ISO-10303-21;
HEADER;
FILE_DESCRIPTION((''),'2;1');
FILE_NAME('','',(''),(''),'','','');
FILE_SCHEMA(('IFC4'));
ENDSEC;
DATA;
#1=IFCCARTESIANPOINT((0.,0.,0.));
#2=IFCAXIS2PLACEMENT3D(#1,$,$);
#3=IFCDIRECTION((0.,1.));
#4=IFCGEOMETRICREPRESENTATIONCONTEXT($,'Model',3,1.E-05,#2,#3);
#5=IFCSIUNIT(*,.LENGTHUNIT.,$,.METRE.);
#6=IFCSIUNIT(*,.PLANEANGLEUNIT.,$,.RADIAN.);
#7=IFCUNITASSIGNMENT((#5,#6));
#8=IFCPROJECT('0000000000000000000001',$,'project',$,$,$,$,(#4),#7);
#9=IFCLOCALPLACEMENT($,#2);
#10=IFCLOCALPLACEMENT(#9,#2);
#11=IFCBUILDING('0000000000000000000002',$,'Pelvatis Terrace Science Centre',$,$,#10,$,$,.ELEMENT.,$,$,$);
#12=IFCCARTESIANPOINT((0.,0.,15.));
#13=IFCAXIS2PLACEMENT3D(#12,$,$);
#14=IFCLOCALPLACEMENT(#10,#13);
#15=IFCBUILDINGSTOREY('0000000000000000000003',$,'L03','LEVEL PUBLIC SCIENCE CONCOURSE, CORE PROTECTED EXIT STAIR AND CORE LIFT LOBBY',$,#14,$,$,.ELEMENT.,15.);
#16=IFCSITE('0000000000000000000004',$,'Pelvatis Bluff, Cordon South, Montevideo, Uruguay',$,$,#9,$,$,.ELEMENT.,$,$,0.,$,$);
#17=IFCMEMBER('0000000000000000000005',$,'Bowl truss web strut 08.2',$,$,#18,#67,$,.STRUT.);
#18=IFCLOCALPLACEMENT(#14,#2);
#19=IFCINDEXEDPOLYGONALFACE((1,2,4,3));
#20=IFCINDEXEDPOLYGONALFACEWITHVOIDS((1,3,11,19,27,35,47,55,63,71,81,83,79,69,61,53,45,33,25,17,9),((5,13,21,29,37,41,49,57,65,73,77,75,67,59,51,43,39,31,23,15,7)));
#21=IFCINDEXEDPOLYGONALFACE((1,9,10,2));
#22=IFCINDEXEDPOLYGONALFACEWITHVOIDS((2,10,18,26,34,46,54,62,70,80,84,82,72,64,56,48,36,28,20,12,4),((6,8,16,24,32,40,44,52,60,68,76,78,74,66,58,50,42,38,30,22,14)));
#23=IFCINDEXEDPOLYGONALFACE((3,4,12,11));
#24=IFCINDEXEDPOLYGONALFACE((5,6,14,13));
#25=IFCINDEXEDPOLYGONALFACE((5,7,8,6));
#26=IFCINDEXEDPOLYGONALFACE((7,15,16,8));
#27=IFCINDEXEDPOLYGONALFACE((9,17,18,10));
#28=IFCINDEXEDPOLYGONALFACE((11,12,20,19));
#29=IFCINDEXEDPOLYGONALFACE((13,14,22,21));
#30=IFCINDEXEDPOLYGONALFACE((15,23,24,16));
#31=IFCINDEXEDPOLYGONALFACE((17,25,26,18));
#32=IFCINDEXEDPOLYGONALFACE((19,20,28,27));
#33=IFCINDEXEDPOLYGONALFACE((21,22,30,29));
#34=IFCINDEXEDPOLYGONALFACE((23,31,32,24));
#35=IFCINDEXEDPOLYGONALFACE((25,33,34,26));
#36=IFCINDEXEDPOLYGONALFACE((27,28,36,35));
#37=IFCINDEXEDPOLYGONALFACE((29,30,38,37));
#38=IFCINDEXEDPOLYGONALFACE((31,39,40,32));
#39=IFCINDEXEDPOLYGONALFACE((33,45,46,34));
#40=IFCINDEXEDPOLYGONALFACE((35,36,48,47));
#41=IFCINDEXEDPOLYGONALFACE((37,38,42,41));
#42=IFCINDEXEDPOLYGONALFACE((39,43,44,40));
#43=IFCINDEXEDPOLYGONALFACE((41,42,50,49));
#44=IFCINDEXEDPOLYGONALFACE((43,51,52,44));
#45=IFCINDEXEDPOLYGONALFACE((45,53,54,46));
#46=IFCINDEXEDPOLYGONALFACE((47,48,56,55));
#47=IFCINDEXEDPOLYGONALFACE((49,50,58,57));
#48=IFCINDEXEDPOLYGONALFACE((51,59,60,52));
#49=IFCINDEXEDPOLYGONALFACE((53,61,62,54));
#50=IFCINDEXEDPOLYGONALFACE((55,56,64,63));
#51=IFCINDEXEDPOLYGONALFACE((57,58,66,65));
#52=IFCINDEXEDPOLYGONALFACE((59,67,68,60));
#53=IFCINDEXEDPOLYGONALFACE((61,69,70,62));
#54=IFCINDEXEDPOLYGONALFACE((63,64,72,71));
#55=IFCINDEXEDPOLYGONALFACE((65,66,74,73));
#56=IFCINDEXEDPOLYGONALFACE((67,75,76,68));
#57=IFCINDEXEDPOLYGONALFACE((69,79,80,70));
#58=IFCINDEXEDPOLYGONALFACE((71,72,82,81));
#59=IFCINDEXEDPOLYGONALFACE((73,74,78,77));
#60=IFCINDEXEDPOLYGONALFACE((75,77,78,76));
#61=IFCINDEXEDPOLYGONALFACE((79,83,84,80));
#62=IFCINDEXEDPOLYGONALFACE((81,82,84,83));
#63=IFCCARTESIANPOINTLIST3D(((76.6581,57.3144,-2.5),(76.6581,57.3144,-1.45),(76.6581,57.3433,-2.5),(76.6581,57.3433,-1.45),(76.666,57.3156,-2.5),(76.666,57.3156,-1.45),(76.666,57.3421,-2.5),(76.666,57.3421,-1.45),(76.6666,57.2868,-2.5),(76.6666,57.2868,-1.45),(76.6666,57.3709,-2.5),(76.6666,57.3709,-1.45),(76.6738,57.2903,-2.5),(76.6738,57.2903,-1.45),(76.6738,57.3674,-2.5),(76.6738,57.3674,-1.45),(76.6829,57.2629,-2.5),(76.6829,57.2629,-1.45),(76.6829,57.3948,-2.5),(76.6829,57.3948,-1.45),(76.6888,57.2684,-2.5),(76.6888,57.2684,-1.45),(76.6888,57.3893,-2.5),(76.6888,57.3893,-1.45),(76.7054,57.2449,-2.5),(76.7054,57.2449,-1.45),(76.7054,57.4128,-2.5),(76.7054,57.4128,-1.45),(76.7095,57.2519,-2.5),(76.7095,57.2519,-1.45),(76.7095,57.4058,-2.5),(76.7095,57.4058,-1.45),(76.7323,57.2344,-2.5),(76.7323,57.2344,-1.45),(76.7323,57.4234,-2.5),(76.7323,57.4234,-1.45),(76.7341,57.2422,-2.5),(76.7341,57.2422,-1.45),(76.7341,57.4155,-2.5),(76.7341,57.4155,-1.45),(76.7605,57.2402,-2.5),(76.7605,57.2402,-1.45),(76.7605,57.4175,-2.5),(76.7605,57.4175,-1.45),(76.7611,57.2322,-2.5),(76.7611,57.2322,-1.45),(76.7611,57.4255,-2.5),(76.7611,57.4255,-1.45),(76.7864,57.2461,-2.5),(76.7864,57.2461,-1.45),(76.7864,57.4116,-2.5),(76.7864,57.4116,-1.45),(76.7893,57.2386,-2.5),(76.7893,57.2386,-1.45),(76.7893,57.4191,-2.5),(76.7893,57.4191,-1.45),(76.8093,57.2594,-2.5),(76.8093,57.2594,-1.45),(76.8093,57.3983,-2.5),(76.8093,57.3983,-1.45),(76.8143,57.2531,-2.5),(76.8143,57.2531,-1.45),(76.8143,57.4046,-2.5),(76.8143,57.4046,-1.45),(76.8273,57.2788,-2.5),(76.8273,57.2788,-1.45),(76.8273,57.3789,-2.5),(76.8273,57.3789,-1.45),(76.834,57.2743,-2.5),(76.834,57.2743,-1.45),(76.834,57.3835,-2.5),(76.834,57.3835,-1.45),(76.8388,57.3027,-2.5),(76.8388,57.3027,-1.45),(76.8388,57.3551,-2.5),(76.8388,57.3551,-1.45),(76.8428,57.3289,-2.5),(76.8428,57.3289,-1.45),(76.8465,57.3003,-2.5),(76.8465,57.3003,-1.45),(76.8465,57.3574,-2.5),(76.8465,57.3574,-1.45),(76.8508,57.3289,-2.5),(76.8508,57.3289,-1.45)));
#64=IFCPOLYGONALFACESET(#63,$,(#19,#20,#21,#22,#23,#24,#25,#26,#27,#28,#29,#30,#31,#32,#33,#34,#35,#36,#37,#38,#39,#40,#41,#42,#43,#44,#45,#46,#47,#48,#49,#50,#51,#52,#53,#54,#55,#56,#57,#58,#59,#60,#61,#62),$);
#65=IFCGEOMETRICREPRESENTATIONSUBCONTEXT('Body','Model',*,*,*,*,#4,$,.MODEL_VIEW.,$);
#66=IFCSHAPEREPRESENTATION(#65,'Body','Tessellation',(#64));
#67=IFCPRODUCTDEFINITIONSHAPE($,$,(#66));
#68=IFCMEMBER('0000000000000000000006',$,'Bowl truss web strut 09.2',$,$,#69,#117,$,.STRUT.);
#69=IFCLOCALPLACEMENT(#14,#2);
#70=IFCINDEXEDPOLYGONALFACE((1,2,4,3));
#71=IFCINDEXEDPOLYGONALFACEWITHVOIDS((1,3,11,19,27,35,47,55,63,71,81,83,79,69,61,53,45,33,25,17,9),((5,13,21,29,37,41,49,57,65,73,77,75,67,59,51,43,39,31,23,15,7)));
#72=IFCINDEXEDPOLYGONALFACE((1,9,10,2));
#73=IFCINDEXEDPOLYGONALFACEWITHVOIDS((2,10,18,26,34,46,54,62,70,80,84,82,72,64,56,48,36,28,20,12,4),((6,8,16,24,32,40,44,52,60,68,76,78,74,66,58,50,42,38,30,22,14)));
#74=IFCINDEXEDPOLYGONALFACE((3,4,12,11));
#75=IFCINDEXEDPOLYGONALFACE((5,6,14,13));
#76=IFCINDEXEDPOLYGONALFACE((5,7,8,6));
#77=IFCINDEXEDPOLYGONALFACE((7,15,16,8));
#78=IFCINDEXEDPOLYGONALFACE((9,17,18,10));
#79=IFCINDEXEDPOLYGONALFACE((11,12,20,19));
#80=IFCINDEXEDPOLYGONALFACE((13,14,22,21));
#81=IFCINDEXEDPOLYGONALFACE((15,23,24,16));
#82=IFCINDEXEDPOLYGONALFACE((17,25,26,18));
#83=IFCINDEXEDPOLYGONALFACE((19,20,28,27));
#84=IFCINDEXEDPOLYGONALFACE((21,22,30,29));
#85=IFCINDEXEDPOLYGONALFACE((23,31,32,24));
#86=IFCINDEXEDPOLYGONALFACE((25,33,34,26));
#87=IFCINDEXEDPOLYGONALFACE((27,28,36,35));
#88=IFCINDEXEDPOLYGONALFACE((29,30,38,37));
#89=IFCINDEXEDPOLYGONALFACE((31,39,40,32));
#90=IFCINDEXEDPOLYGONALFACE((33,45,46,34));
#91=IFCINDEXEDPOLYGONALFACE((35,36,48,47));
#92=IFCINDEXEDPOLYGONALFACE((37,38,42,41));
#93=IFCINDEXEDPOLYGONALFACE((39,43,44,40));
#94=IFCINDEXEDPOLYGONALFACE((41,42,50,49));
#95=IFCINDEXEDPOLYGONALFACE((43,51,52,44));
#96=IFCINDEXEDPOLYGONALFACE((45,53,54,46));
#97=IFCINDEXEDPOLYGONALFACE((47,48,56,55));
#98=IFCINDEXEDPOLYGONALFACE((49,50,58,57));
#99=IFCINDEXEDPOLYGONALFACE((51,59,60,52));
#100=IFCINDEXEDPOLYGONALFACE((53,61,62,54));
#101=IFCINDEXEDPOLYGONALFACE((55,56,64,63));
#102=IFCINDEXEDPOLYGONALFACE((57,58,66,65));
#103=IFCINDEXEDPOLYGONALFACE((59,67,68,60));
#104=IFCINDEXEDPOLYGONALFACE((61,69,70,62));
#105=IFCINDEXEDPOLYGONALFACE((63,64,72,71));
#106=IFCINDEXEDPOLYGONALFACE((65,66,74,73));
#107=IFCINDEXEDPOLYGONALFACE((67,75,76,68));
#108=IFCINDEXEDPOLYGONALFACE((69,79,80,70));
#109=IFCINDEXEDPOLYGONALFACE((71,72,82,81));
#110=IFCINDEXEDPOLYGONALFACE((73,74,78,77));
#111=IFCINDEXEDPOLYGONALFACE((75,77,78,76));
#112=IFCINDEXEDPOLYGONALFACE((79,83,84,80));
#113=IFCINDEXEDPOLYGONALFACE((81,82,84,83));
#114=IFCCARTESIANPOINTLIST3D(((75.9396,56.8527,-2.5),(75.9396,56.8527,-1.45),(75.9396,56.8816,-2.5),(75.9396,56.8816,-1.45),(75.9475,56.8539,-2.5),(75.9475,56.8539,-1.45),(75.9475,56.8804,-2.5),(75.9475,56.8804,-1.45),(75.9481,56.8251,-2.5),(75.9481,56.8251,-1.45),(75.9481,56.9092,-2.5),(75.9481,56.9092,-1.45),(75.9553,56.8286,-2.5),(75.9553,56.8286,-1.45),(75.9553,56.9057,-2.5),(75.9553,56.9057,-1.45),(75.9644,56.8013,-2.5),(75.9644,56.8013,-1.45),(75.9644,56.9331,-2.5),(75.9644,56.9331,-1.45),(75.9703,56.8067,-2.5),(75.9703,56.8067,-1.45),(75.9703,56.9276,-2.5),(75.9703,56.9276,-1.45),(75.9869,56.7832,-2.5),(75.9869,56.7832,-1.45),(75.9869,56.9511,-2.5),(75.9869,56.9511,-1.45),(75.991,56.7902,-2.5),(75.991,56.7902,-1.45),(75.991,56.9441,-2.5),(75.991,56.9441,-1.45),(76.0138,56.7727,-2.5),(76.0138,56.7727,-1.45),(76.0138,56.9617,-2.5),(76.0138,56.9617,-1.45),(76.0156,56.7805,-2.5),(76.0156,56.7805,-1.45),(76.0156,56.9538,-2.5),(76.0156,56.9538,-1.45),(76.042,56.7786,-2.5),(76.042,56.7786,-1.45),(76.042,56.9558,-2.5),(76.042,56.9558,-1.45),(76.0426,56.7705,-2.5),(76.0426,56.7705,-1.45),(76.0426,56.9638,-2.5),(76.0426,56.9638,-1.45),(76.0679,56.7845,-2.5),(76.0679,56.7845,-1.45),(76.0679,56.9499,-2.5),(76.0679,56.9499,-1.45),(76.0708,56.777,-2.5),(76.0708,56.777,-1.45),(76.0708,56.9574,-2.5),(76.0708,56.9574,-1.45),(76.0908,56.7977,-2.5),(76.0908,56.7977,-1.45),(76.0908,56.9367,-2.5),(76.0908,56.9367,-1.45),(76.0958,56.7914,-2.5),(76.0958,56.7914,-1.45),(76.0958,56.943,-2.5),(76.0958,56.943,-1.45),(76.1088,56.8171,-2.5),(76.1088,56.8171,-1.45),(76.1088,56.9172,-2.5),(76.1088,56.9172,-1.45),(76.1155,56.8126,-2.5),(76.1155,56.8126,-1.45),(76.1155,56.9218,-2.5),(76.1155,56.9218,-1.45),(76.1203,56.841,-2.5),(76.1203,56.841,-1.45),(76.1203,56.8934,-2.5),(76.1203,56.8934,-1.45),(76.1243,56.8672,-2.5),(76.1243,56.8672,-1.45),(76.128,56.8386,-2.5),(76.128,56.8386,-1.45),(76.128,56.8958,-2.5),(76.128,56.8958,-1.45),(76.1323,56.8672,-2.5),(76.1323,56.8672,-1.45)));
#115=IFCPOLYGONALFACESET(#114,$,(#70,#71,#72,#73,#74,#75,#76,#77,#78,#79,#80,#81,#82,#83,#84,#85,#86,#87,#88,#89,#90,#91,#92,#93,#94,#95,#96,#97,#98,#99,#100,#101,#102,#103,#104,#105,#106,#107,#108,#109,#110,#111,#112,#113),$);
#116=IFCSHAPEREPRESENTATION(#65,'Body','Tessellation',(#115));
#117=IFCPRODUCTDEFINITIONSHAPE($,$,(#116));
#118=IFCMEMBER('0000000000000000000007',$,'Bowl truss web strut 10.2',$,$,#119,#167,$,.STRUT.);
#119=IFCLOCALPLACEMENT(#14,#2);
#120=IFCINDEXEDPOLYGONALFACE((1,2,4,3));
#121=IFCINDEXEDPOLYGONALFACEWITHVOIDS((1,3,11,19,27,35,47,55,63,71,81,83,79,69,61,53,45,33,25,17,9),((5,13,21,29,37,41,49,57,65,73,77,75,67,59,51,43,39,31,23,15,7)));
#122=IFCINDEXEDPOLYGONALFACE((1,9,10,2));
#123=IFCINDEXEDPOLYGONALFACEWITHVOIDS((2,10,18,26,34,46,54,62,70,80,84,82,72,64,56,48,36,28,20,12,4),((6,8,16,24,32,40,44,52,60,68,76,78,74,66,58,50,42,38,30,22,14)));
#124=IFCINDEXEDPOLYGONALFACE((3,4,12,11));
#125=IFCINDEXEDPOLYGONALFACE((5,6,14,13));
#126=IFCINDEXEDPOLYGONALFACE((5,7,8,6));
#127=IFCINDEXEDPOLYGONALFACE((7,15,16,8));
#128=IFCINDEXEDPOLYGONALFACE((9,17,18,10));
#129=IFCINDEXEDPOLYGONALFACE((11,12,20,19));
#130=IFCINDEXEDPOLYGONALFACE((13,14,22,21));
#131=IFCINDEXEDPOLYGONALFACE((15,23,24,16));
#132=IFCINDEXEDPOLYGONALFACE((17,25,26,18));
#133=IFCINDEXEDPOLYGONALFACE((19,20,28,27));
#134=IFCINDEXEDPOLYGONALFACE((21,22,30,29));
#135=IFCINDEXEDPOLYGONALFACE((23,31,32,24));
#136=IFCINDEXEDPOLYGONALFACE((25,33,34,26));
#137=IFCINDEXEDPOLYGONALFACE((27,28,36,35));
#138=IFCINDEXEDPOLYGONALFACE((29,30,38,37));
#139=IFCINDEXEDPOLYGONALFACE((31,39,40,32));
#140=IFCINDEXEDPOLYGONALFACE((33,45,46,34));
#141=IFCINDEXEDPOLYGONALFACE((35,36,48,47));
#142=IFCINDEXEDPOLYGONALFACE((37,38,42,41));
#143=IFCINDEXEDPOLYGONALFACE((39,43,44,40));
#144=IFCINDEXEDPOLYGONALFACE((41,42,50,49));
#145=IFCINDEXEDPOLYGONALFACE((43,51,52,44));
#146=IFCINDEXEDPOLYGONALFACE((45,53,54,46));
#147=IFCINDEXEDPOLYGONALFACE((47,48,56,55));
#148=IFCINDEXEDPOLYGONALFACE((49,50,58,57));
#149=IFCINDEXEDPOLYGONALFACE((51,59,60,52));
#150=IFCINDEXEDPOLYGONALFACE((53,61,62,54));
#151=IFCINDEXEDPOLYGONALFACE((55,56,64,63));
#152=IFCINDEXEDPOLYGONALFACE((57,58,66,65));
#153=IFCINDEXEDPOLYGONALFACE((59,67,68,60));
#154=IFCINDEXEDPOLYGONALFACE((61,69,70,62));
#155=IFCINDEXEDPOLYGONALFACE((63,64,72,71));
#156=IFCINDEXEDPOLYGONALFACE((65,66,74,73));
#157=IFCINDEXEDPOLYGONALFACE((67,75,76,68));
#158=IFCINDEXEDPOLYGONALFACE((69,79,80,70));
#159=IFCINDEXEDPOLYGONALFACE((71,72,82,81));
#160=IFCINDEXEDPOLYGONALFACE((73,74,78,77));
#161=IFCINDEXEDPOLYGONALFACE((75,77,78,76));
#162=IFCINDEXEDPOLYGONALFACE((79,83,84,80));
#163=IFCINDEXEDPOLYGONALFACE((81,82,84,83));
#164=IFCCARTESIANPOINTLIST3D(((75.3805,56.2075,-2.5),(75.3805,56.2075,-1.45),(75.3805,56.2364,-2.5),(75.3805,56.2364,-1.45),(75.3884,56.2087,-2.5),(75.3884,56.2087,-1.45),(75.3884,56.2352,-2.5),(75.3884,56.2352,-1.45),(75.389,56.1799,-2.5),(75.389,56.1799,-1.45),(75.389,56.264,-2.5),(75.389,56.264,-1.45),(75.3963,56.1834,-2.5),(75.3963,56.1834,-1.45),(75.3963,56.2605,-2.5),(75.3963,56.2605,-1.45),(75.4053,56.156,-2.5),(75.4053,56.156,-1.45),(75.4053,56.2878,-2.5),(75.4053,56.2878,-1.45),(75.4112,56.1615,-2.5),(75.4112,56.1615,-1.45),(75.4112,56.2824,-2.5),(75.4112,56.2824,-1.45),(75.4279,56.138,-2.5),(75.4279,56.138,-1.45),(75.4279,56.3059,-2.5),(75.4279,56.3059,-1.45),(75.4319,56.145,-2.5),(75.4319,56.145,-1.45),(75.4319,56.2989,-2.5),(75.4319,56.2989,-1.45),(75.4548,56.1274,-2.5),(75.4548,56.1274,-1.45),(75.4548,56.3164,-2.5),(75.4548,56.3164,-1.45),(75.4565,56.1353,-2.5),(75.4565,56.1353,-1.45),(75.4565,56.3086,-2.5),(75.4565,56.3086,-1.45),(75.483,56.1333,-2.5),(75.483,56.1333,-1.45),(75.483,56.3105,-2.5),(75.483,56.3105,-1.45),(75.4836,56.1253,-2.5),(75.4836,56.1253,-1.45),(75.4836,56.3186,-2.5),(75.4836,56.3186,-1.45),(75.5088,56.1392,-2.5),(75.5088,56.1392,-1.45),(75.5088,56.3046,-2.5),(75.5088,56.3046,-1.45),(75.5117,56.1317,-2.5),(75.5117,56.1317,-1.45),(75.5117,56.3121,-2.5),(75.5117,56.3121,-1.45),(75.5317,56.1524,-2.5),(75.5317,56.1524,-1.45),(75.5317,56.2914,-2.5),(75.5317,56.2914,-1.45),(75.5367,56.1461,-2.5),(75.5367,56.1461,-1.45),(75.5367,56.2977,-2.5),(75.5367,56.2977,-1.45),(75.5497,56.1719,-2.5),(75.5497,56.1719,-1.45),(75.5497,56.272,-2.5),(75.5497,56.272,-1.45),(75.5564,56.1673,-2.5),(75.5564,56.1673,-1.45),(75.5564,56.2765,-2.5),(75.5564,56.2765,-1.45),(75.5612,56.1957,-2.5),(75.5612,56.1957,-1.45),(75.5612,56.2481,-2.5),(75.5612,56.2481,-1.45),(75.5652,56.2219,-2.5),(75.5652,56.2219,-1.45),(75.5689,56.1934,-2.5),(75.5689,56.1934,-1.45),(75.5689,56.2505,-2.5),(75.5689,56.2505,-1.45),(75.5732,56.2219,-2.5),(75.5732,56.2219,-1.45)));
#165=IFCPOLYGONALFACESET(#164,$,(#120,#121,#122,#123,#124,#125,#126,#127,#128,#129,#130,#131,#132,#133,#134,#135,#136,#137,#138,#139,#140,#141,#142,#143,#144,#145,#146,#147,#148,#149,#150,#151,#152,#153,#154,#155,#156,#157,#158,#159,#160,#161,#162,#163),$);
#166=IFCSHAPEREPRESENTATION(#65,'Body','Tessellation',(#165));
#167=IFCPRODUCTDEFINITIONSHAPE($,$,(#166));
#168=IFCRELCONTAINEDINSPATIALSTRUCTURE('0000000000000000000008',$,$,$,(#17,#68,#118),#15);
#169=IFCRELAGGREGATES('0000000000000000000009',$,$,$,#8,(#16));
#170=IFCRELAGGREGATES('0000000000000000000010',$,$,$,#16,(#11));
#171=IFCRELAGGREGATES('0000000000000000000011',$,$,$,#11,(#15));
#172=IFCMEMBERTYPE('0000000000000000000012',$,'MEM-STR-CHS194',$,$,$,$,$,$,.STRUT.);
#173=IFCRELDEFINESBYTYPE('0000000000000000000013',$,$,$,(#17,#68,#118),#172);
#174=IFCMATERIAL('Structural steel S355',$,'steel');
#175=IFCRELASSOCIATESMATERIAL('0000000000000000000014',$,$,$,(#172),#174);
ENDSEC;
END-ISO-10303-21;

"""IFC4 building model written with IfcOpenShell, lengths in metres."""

from ifc_helpers import new_model, si_unit, direction, frame, origin, origin_2d, place, context, subcontext, project, spatial, hollow_circle, extrude, material, material_profile, profile_set, type_object, element, save


model = new_model("IFC4")

# Units and contexts
model_context = context("Model", 3, precision=1e-05, world=origin(), true_north=direction((0.0, 1.0)))
body_context = subcontext(model_context, "Body", "Model", "MODEL_VIEW")
ifc_project = project(units=[si_unit("LENGTHUNIT", "METRE"), si_unit("PLANEANGLEUNIT", "RADIAN")], contexts=[model_context])

# Site, building, storey
site_placement = place(None, origin())
site = spatial("IfcSite", under=ifc_project, at=site_placement, Name="Pelvatis Bluff, Cordon South, Montevideo, Uruguay", CompositionType="ELEMENT", RefElevation=0.0)
building_placement = place(site_placement, origin())
building = spatial("IfcBuilding", under=site, at=building_placement, Name="Pelvatis Terrace Science Centre", CompositionType="ELEMENT")
storey_placement = place(building_placement, frame((0.0, 0.0, 15.0)))
storey = spatial("IfcBuildingStorey", under=building, at=storey_placement, Name="L03", Description="LEVEL PUBLIC SCIENCE CONCOURSE, CORE PROTECTED EXIT STAIR AND CORE LIFT LOBBY", CompositionType="ELEMENT", Elevation=15.0)

# Members
ifc_material_1 = material(Name="Structural steel S355", Category="steel")
ifc_material_profile_1 = material_profile(ifc_material_1, hollow_circle(Radius=0.0969, WallThickness=0.0081, at=origin_2d()), Name="CHS 193.7x8.0")
ifc_profile_set_1 = profile_set([ifc_material_profile_1], Name="Structural steel S355")
member_type = type_object("IfcMemberType", Name="MEM-STR-CHS194", PredefinedType="STRUT", material=ifc_profile_set_1)
for number, where, z_axis, x_axis, name in (
    (1, (76.7539, 57.3289, -2.5), (0.0, 0.0, 1.0), (1.0, 0.0, 0.0), "Bowl truss web strut 08.2"),
    (2, (76.0354, 56.8672, -2.5), (0.0, 0.0, 1.0), (1.0, 0.0, 0.0), "Bowl truss web strut 09.2"),
    (3, (75.4763, 56.2219, -2.5), (0.0, 0.0, 1.0), (1.0, 0.0, 0.0), "Bowl truss web strut 10.2"),
):
    element("IfcMember", number, at=place(storey_placement, frame(where, z_axis=z_axis, x_axis=x_axis)), inside=storey, type_object=member_type, Name=name, PredefinedType="STRUT", context=body_context, shape_type="SweptSolid", body=[
        extrude(hollow_circle(Radius=0.0969, WallThickness=0.0081, at=origin_2d()), origin(), (0.0, 0.0, 1.0), 1.05),
    ])

save(model, "model.ifc")
